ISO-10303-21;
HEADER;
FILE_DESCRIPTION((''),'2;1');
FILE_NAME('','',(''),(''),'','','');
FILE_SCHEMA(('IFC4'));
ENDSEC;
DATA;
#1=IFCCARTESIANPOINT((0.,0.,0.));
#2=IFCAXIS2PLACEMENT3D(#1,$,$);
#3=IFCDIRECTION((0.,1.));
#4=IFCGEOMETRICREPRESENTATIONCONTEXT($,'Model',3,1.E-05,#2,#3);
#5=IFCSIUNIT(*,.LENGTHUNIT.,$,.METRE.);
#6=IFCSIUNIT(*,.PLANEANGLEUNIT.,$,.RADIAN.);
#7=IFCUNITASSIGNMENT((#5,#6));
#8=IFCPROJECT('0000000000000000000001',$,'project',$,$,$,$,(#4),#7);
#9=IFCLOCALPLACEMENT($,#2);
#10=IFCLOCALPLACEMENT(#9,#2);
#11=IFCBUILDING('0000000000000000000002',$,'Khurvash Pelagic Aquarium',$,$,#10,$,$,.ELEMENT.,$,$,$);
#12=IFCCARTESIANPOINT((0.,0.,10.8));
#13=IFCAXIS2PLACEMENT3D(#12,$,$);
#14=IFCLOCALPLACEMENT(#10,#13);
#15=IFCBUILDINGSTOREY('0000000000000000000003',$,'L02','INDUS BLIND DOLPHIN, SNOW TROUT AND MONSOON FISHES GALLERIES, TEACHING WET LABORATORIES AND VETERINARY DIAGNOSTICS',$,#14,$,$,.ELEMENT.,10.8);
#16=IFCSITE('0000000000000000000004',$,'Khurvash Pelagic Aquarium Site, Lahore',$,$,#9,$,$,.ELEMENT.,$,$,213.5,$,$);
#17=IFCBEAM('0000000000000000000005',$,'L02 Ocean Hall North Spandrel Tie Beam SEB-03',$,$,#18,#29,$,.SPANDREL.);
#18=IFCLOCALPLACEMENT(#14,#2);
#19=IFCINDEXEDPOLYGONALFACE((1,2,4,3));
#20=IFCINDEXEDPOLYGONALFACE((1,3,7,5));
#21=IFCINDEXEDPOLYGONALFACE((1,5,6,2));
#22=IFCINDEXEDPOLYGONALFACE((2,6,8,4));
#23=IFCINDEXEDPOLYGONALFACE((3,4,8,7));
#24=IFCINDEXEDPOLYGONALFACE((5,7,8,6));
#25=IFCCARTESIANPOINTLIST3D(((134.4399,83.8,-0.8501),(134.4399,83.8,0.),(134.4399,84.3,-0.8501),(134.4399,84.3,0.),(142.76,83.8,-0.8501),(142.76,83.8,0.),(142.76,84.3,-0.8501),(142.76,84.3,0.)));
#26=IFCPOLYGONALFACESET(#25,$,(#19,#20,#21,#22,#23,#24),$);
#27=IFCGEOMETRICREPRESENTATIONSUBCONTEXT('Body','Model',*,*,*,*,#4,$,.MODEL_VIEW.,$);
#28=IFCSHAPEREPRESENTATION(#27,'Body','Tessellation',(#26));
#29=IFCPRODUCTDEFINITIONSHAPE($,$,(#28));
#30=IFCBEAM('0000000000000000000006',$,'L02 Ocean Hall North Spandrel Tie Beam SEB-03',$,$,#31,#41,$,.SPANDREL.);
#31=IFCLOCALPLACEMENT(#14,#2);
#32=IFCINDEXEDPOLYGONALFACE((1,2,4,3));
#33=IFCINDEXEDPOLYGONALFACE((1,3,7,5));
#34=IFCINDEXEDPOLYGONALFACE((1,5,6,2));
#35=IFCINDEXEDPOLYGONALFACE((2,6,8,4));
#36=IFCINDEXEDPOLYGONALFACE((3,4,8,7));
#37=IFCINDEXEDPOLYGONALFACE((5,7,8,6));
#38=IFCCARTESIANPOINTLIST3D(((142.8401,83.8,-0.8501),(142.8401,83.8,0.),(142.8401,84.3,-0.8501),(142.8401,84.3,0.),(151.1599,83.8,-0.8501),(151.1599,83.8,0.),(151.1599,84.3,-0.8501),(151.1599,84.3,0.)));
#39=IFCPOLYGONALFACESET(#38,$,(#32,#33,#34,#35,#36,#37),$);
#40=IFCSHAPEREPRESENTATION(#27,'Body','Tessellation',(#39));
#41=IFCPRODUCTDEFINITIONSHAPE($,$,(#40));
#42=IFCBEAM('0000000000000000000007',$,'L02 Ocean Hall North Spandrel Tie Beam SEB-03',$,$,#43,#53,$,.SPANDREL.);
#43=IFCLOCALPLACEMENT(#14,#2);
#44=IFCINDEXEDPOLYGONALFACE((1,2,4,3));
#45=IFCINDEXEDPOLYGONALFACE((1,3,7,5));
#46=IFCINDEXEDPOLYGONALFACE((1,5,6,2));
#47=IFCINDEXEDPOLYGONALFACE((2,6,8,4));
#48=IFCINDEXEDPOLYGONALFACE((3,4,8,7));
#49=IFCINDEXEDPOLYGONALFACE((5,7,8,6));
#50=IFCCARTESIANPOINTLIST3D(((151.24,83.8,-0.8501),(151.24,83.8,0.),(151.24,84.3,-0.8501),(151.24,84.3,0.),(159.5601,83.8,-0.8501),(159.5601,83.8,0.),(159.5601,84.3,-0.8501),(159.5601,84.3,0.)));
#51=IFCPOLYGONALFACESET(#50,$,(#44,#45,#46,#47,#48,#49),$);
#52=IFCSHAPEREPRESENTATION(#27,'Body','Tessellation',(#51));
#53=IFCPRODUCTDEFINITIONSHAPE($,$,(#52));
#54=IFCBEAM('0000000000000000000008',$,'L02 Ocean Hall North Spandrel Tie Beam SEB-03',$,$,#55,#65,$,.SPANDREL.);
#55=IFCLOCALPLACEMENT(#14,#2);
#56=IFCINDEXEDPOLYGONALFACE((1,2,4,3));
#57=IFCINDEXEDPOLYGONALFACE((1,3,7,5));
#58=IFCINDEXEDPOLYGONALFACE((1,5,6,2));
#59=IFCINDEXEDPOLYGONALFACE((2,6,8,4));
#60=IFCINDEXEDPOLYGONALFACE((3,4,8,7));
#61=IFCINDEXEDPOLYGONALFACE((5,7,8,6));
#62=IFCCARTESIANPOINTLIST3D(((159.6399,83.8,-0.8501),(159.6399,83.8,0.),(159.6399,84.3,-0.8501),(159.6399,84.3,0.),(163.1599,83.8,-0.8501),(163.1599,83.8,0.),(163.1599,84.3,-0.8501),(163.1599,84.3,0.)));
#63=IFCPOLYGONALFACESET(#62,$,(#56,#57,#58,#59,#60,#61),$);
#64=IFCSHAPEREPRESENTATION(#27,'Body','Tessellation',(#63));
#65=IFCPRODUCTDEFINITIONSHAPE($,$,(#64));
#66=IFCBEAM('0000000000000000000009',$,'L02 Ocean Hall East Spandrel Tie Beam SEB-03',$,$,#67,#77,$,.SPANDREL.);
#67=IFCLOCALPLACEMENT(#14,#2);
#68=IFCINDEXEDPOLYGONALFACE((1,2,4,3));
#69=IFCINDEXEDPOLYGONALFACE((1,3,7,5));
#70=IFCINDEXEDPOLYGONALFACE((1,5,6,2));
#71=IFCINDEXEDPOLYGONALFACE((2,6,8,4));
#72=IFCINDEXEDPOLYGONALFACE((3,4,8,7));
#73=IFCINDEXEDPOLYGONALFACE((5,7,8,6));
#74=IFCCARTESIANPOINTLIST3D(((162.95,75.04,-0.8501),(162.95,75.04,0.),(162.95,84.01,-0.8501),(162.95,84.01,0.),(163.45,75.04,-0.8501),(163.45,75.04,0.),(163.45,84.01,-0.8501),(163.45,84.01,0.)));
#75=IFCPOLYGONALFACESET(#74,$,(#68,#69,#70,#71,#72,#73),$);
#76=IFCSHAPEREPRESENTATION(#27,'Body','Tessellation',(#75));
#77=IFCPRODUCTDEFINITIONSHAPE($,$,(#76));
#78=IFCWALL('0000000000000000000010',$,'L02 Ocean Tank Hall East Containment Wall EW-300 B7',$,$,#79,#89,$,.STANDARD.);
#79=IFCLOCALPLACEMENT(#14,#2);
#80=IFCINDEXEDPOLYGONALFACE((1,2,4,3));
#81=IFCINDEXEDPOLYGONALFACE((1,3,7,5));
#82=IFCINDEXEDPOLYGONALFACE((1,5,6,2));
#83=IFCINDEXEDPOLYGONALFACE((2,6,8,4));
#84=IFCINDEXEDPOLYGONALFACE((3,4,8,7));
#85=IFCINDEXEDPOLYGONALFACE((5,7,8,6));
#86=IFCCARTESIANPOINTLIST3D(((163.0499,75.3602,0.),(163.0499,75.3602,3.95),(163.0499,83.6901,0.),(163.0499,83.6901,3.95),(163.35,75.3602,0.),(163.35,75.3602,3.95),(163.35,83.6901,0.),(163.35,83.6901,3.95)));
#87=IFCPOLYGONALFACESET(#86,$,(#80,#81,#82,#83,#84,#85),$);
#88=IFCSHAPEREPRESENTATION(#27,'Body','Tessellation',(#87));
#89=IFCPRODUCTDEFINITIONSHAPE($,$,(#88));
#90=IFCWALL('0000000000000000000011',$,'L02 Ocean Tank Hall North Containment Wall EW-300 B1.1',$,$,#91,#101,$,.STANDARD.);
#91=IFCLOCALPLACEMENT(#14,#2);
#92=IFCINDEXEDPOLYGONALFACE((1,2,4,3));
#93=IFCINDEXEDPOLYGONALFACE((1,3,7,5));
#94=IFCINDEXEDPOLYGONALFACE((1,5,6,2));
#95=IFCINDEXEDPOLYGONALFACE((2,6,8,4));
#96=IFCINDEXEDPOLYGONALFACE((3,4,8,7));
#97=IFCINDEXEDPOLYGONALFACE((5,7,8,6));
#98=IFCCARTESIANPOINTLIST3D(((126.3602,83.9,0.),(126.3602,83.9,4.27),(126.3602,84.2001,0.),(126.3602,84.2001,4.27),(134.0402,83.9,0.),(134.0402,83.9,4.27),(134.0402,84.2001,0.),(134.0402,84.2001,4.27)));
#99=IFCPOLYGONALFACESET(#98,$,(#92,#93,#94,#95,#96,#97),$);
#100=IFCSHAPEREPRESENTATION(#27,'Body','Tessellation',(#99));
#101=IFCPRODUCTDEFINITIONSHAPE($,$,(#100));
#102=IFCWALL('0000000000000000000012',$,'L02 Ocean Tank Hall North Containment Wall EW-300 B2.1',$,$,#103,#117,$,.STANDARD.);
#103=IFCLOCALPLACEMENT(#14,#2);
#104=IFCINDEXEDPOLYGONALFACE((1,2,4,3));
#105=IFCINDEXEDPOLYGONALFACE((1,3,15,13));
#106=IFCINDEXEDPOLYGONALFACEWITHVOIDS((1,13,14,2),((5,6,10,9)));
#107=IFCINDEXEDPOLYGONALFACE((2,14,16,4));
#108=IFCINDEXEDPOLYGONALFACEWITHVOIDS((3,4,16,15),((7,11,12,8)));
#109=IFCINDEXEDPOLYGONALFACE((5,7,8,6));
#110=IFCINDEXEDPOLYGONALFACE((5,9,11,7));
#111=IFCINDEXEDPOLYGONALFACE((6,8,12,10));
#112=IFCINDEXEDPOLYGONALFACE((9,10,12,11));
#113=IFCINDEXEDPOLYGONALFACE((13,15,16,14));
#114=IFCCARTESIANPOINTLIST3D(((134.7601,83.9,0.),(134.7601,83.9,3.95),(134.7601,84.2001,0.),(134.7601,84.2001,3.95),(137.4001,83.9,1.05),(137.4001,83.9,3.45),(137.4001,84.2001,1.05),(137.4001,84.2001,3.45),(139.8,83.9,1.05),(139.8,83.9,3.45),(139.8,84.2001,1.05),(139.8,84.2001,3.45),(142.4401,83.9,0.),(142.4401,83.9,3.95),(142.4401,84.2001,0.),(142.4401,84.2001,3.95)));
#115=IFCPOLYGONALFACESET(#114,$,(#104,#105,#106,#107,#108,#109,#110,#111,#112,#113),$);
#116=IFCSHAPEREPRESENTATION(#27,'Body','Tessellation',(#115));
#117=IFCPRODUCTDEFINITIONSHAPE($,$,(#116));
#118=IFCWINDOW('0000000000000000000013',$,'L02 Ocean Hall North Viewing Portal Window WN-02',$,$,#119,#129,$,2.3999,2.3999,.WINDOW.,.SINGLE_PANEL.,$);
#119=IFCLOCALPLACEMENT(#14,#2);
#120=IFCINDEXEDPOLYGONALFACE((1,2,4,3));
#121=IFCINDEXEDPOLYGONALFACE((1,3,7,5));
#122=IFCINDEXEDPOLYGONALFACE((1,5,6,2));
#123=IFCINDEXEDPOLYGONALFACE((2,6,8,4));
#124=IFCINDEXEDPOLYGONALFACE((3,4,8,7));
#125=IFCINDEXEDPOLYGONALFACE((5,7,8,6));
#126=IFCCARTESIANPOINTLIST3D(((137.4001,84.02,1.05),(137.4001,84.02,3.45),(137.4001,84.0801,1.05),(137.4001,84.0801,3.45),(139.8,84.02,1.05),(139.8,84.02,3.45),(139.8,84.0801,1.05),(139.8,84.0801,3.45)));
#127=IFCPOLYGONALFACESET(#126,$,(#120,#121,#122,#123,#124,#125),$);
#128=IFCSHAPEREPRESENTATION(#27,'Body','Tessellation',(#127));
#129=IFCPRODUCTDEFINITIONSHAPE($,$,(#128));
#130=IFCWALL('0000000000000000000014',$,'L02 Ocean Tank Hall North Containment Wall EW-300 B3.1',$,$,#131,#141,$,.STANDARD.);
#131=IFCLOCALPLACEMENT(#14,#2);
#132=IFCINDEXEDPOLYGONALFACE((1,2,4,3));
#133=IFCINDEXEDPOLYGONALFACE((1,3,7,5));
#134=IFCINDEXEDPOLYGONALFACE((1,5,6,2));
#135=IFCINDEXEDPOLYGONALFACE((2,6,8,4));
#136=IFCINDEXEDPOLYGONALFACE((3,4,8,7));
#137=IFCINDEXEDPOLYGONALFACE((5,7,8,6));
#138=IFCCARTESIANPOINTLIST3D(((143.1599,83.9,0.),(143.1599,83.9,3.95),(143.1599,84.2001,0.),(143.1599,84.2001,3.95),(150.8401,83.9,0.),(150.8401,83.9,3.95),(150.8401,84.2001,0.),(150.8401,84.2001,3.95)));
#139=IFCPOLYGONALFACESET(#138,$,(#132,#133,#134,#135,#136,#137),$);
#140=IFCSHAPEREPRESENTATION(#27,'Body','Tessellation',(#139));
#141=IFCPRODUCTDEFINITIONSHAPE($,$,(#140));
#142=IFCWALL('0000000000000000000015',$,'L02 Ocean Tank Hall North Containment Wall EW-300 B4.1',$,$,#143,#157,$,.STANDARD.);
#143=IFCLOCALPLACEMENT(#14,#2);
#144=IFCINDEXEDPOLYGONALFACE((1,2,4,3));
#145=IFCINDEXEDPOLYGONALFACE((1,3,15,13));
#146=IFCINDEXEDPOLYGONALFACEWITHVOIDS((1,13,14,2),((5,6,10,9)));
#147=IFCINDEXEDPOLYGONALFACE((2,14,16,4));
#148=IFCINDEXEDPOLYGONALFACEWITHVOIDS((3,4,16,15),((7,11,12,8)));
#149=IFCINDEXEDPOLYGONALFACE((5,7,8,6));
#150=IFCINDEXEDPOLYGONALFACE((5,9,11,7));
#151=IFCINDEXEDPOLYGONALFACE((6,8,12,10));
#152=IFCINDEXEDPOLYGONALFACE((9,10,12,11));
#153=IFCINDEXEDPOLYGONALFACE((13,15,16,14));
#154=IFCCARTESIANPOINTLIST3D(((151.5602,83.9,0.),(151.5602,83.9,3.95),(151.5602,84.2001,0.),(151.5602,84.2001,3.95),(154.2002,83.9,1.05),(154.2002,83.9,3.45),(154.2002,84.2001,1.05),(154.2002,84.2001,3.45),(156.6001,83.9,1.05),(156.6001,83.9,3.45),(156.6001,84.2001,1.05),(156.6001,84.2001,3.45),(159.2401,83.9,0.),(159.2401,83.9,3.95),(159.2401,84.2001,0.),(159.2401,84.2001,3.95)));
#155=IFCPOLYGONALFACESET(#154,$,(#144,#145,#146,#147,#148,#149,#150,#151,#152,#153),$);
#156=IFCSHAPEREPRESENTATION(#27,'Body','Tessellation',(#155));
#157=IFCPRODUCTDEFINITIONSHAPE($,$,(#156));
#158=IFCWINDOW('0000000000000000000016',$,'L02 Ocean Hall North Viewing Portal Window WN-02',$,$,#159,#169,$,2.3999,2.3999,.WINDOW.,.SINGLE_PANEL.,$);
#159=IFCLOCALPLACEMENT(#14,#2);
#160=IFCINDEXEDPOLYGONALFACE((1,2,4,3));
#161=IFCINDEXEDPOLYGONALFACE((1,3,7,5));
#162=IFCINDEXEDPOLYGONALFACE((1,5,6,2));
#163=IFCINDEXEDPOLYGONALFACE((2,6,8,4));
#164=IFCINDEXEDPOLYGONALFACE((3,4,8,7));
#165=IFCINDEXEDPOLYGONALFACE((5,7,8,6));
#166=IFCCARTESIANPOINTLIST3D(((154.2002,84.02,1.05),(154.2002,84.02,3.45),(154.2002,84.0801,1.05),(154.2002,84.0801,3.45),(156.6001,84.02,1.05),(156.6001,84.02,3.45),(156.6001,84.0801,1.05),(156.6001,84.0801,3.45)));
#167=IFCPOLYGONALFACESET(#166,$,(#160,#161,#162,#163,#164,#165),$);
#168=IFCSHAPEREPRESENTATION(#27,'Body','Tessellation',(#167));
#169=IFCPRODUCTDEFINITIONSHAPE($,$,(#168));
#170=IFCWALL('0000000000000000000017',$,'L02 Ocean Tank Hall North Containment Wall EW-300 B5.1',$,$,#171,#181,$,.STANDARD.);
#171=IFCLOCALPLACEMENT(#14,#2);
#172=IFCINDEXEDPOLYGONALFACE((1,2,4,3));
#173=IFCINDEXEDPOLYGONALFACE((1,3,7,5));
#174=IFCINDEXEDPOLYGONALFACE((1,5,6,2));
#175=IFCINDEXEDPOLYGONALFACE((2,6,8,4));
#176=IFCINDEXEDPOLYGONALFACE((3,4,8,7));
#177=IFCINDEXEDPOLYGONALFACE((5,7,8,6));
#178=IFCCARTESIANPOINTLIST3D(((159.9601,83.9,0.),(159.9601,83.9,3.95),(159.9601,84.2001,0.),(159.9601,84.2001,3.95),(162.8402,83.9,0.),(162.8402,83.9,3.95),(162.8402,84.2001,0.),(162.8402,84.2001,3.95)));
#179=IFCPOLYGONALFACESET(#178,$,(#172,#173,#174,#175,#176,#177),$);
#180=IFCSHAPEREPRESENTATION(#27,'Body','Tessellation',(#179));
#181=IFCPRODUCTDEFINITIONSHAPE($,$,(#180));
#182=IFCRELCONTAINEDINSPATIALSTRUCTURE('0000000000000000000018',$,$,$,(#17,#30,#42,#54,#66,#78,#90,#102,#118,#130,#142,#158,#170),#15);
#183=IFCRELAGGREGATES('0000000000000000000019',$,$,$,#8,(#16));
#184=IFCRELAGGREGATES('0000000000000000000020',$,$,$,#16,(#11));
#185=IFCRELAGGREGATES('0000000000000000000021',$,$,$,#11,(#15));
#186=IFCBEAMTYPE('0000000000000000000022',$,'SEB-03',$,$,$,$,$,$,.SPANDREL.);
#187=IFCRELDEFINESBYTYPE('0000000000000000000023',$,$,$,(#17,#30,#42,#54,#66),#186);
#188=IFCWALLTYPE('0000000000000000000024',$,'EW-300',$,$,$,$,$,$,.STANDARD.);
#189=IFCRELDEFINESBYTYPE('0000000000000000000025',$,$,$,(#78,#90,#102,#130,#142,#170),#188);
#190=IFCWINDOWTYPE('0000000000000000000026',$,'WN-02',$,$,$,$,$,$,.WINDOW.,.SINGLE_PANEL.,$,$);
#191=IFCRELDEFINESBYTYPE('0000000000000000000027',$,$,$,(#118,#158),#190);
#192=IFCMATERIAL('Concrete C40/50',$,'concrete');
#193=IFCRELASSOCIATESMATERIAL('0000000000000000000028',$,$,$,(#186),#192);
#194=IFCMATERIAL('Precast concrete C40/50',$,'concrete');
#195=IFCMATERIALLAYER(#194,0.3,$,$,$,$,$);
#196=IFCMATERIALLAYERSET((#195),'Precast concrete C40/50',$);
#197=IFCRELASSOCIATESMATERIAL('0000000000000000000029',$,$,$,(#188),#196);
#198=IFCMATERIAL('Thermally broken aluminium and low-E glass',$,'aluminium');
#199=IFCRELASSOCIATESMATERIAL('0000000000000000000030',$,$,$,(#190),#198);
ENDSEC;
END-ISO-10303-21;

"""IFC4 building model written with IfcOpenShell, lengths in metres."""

from ifc_helpers import new_model, si_unit, direction, frame, frame_2d, origin, origin_2d, place, context, subcontext, project, spatial, rectangle, extrude, material, layer, layer_set, material_profile, profile_set, type_object, element, fill, save


model = new_model("IFC4")

# Units and contexts
model_context = context("Model", 3, precision=1e-05, world=origin(), true_north=direction((0.0, 1.0)))
body_context = subcontext(model_context, "Body", "Model", "MODEL_VIEW")
ifc_project = project(units=[si_unit("LENGTHUNIT", "METRE"), si_unit("PLANEANGLEUNIT", "RADIAN")], contexts=[model_context])

# Site, building, storey
site_placement = place(None, origin())
site = spatial("IfcSite", under=ifc_project, at=site_placement, Name="Khurvash Pelagic Aquarium Site, Lahore", CompositionType="ELEMENT", RefElevation=213.5)
building_placement = place(site_placement, origin())
building = spatial("IfcBuilding", under=site, at=building_placement, Name="Khurvash Pelagic Aquarium", CompositionType="ELEMENT")
storey_placement = place(building_placement, frame((0.0, 0.0, 10.8)))
storey = spatial("IfcBuildingStorey", under=building, at=storey_placement, Name="L02", Description="INDUS BLIND DOLPHIN, SNOW TROUT AND MONSOON FISHES GALLERIES, TEACHING WET LABORATORIES AND VETERINARY DIAGNOSTICS", CompositionType="ELEMENT", Elevation=10.8)

# Shared definitions
ifc_material_1 = material(Name="Concrete C40/50", Category="concrete")

# Beams
ifc_material_profile_1 = material_profile(ifc_material_1, rectangle(XDim=0.5, YDim=0.8501, at=origin_2d()), Name="RC500X850")
ifc_profile_set_1 = profile_set([ifc_material_profile_1], Name="Concrete C40/50")
beam_type_1 = type_object("IfcBeamType", Name="SEB-03", PredefinedType="SPANDREL", material=ifc_profile_set_1)
for number, where, z_axis, x_axis, name in (
    (1, (134.4399, 84.05, -0.425), (1.0, 0.0, 0.0), (0.0, 1.0, 0.0), "L02 Ocean Hall North Spandrel Tie Beam SEB-03"),
):
    element("IfcBeam", number, at=place(storey_placement, frame(where, z_axis=z_axis, x_axis=x_axis)), inside=storey, type_object=beam_type_1, Name=name, PredefinedType="SPANDREL", context=body_context, shape_type="SweptSolid", body=[
        extrude(rectangle(XDim=0.5, YDim=0.8501, at=origin_2d()), origin(), (0.0, 0.0, 1.0), 8.3201),
    ])
beam_1_placement = place(storey_placement, frame((142.8401, 84.05, -0.425), z_axis=(1.0, 0.0, 0.0), x_axis=(0.0, 1.0, 0.0)))
element("IfcBeam", 2, at=beam_1_placement, inside=storey, type_object=beam_type_1, Name="L02 Ocean Hall North Spandrel Tie Beam SEB-03", PredefinedType="SPANDREL", context=body_context, shape_type="SweptSolid", body=[
    extrude(rectangle(XDim=0.5, YDim=0.8501, at=origin_2d()), origin(), (0.0, 0.0, 1.0), 8.3198),
])
beam_2_placement = place(storey_placement, frame((151.24, 84.05, -0.425), z_axis=(1.0, 0.0, 0.0), x_axis=(0.0, 1.0, 0.0)))
element("IfcBeam", 3, at=beam_2_placement, inside=storey, type_object=beam_type_1, Name="L02 Ocean Hall North Spandrel Tie Beam SEB-03", PredefinedType="SPANDREL", context=body_context, shape_type="SweptSolid", body=[
    extrude(rectangle(XDim=0.5, YDim=0.8501, at=origin_2d()), origin(), (0.0, 0.0, 1.0), 8.3201),
])
beam_3_placement = place(storey_placement, frame((159.6399, 84.05, -0.425), z_axis=(1.0, 0.0, 0.0), x_axis=(0.0, 1.0, 0.0)))
element("IfcBeam", 4, at=beam_3_placement, inside=storey, type_object=beam_type_1, Name="L02 Ocean Hall North Spandrel Tie Beam SEB-03", PredefinedType="SPANDREL", context=body_context, shape_type="SweptSolid", body=[
    extrude(rectangle(XDim=0.5, YDim=0.8501, at=origin_2d()), origin(), (0.0, 0.0, 1.0), 3.52),
])
beam_4_placement = place(storey_placement, frame((163.2, 75.04, -0.425), z_axis=(0.0, 1.0, 0.0), x_axis=(-1.0, 0.0, 0.0)))
element("IfcBeam", 5, at=beam_4_placement, inside=storey, type_object=beam_type_1, Name="L02 Ocean Hall East Spandrel Tie Beam SEB-03", PredefinedType="SPANDREL", context=body_context, shape_type="SweptSolid", body=[
    extrude(rectangle(XDim=0.5, YDim=0.8501, at=origin_2d()), origin(), (0.0, 0.0, 1.0), 8.97),
])

# Walls
ifc_material_2 = material(Name="Precast concrete C40/50", Category="concrete")
ifc_layer = layer(ifc_material_2, 0.3)
ifc_layer_set = layer_set([ifc_layer], Name="Precast concrete C40/50")
wall_type = type_object("IfcWallType", Name="EW-300", PredefinedType="STANDARD", material=ifc_layer_set)
wall_1_placement = place(storey_placement, frame((163.2, 75.3601, 0.0), z_axis=(0.0, 0.0, 1.0), x_axis=(0.0, 1.0, 0.0)))
element("IfcWall", 6, at=wall_1_placement, inside=storey, type_object=wall_type, Name="L02 Ocean Tank Hall East Containment Wall EW-300 B7", PredefinedType="STANDARD", context=body_context, shape_type="SweptSolid", body=[
    extrude(rectangle(XDim=8.3298, YDim=0.3, at=frame_2d((4.165, 0.0))), origin(), (0.0, 0.0, 1.0), 3.95),
])
wall_2_placement = place(storey_placement, frame((134.04, 84.05, 0.0), z_axis=(0.0, 0.0, 1.0), x_axis=(-1.0, 0.0, 0.0)))
element("IfcWall", 7, at=wall_2_placement, inside=storey, type_object=wall_type, Name="L02 Ocean Tank Hall North Containment Wall EW-300 B1.1", PredefinedType="STANDARD", context=body_context, shape_type="SweptSolid", body=[
    extrude(rectangle(XDim=7.6799, YDim=0.3, at=frame_2d((3.8398, 0.0))), origin(), (0.0, 0.0, 1.0), 4.27),
])

# Wall, opening, window
wall_3_placement = place(storey_placement, frame((142.4399, 84.05, 0.0), z_axis=(0.0, 0.0, 1.0), x_axis=(-1.0, 0.0, 0.0)))
wall_3 = element("IfcWall", 8, at=wall_3_placement, inside=storey, type_object=wall_type, Name="L02 Ocean Tank Hall North Containment Wall EW-300 B2.1", PredefinedType="STANDARD", context=body_context, shape_type="SweptSolid", body=[
    extrude(rectangle(XDim=7.6799, YDim=0.3, at=frame_2d((3.8398, 0.0))), origin(), (0.0, 0.0, 1.0), 3.95),
])
opening_1_placement = place(wall_3_placement, frame((2.6399, 0.0, 1.05)))
opening_1 = element("IfcOpeningElement", 9, at=opening_1_placement, cuts=wall_3, PredefinedType="OPENING", context=body_context, shape_type="SweptSolid", body=[
    extrude(rectangle(XDim=2.3999, YDim=2.3999, at=frame_2d((1.2, 1.2))), frame((0.0, 0.1602, 0.0), z_axis=(0.0, -1.0, 0.0), x_axis=(1.0, 0.0, 0.0)), (0.0, 0.0, 1.0), 0.3201),
])
ifc_material_3 = material(Name="Thermally broken aluminium and low-E glass", Category="aluminium")
window_type = type_object("IfcWindowType", Name="WN-02", PartitioningType="SINGLE_PANEL", PredefinedType="WINDOW", material=ifc_material_3)
window_1_placement = place(opening_1_placement, origin())
window_1 = element("IfcWindow", 10, at=window_1_placement, inside=storey, type_object=window_type, Name="L02 Ocean Hall North Viewing Portal Window WN-02", OverallHeight=2.3999, OverallWidth=2.3999, PartitioningType="SINGLE_PANEL", PredefinedType="WINDOW", context=body_context, shape_type="SweptSolid", body=[
    extrude(rectangle(XDim=2.3999, YDim=2.3999, at=frame_2d((1.2, 1.2))), frame((0.0, 0.03, 0.0), z_axis=(0.0, -1.0, 0.0), x_axis=(1.0, 0.0, 0.0)), (0.0, 0.0, 1.0), 0.0601),
])
fill(opening_1, window_1)

# Wall
wall_4_placement = place(storey_placement, frame((150.8401, 84.05, 0.0), z_axis=(0.0, 0.0, 1.0), x_axis=(-1.0, 0.0, 0.0)))
element("IfcWall", 11, at=wall_4_placement, inside=storey, type_object=wall_type, Name="L02 Ocean Tank Hall North Containment Wall EW-300 B3.1", PredefinedType="STANDARD", context=body_context, shape_type="SweptSolid", body=[
    extrude(rectangle(XDim=7.6802, YDim=0.3, at=frame_2d((3.8401, 0.0))), origin(), (0.0, 0.0, 1.0), 3.95),
])

# Wall, opening, window
wall_5_placement = place(storey_placement, frame((159.24, 84.05, 0.0), z_axis=(0.0, 0.0, 1.0), x_axis=(-1.0, 0.0, 0.0)))
wall_5 = element("IfcWall", 12, at=wall_5_placement, inside=storey, type_object=wall_type, Name="L02 Ocean Tank Hall North Containment Wall EW-300 B4.1", PredefinedType="STANDARD", context=body_context, shape_type="SweptSolid", body=[
    extrude(rectangle(XDim=7.6799, YDim=0.3, at=frame_2d((3.8398, 0.0))), origin(), (0.0, 0.0, 1.0), 3.95),
])
opening_2_placement = place(wall_5_placement, frame((2.6399, 0.0, 1.05)))
opening_2 = element("IfcOpeningElement", 13, at=opening_2_placement, cuts=wall_5, PredefinedType="OPENING", context=body_context, shape_type="SweptSolid", body=[
    extrude(rectangle(XDim=2.3999, YDim=2.3999, at=frame_2d((1.2, 1.2))), frame((0.0, 0.1602, 0.0), z_axis=(0.0, -1.0, 0.0), x_axis=(1.0, 0.0, 0.0)), (0.0, 0.0, 1.0), 0.3201),
])
window_2_placement = place(opening_2_placement, origin())
window_2 = element("IfcWindow", 14, at=window_2_placement, inside=storey, type_object=window_type, Name="L02 Ocean Hall North Viewing Portal Window WN-02", OverallHeight=2.3999, OverallWidth=2.3999, PartitioningType="SINGLE_PANEL", PredefinedType="WINDOW", context=body_context, shape_type="SweptSolid", body=[
    extrude(rectangle(XDim=2.3999, YDim=2.3999, at=frame_2d((1.2, 1.2))), frame((0.0, 0.03, 0.0), z_axis=(0.0, -1.0, 0.0), x_axis=(1.0, 0.0, 0.0)), (0.0, 0.0, 1.0), 0.0601),
])
fill(opening_2, window_2)

# Wall
wall_6_placement = place(storey_placement, frame((162.8401, 84.05, 0.0), z_axis=(0.0, 0.0, 1.0), x_axis=(-1.0, 0.0, 0.0)))
element("IfcWall", 15, at=wall_6_placement, inside=storey, type_object=wall_type, Name="L02 Ocean Tank Hall North Containment Wall EW-300 B5.1", PredefinedType="STANDARD", context=body_context, shape_type="SweptSolid", body=[
    extrude(rectangle(XDim=2.8801, YDim=0.3, at=frame_2d((1.4399, 0.0))), origin(), (0.0, 0.0, 1.0), 3.95),
])

save(model, "model.ifc")
